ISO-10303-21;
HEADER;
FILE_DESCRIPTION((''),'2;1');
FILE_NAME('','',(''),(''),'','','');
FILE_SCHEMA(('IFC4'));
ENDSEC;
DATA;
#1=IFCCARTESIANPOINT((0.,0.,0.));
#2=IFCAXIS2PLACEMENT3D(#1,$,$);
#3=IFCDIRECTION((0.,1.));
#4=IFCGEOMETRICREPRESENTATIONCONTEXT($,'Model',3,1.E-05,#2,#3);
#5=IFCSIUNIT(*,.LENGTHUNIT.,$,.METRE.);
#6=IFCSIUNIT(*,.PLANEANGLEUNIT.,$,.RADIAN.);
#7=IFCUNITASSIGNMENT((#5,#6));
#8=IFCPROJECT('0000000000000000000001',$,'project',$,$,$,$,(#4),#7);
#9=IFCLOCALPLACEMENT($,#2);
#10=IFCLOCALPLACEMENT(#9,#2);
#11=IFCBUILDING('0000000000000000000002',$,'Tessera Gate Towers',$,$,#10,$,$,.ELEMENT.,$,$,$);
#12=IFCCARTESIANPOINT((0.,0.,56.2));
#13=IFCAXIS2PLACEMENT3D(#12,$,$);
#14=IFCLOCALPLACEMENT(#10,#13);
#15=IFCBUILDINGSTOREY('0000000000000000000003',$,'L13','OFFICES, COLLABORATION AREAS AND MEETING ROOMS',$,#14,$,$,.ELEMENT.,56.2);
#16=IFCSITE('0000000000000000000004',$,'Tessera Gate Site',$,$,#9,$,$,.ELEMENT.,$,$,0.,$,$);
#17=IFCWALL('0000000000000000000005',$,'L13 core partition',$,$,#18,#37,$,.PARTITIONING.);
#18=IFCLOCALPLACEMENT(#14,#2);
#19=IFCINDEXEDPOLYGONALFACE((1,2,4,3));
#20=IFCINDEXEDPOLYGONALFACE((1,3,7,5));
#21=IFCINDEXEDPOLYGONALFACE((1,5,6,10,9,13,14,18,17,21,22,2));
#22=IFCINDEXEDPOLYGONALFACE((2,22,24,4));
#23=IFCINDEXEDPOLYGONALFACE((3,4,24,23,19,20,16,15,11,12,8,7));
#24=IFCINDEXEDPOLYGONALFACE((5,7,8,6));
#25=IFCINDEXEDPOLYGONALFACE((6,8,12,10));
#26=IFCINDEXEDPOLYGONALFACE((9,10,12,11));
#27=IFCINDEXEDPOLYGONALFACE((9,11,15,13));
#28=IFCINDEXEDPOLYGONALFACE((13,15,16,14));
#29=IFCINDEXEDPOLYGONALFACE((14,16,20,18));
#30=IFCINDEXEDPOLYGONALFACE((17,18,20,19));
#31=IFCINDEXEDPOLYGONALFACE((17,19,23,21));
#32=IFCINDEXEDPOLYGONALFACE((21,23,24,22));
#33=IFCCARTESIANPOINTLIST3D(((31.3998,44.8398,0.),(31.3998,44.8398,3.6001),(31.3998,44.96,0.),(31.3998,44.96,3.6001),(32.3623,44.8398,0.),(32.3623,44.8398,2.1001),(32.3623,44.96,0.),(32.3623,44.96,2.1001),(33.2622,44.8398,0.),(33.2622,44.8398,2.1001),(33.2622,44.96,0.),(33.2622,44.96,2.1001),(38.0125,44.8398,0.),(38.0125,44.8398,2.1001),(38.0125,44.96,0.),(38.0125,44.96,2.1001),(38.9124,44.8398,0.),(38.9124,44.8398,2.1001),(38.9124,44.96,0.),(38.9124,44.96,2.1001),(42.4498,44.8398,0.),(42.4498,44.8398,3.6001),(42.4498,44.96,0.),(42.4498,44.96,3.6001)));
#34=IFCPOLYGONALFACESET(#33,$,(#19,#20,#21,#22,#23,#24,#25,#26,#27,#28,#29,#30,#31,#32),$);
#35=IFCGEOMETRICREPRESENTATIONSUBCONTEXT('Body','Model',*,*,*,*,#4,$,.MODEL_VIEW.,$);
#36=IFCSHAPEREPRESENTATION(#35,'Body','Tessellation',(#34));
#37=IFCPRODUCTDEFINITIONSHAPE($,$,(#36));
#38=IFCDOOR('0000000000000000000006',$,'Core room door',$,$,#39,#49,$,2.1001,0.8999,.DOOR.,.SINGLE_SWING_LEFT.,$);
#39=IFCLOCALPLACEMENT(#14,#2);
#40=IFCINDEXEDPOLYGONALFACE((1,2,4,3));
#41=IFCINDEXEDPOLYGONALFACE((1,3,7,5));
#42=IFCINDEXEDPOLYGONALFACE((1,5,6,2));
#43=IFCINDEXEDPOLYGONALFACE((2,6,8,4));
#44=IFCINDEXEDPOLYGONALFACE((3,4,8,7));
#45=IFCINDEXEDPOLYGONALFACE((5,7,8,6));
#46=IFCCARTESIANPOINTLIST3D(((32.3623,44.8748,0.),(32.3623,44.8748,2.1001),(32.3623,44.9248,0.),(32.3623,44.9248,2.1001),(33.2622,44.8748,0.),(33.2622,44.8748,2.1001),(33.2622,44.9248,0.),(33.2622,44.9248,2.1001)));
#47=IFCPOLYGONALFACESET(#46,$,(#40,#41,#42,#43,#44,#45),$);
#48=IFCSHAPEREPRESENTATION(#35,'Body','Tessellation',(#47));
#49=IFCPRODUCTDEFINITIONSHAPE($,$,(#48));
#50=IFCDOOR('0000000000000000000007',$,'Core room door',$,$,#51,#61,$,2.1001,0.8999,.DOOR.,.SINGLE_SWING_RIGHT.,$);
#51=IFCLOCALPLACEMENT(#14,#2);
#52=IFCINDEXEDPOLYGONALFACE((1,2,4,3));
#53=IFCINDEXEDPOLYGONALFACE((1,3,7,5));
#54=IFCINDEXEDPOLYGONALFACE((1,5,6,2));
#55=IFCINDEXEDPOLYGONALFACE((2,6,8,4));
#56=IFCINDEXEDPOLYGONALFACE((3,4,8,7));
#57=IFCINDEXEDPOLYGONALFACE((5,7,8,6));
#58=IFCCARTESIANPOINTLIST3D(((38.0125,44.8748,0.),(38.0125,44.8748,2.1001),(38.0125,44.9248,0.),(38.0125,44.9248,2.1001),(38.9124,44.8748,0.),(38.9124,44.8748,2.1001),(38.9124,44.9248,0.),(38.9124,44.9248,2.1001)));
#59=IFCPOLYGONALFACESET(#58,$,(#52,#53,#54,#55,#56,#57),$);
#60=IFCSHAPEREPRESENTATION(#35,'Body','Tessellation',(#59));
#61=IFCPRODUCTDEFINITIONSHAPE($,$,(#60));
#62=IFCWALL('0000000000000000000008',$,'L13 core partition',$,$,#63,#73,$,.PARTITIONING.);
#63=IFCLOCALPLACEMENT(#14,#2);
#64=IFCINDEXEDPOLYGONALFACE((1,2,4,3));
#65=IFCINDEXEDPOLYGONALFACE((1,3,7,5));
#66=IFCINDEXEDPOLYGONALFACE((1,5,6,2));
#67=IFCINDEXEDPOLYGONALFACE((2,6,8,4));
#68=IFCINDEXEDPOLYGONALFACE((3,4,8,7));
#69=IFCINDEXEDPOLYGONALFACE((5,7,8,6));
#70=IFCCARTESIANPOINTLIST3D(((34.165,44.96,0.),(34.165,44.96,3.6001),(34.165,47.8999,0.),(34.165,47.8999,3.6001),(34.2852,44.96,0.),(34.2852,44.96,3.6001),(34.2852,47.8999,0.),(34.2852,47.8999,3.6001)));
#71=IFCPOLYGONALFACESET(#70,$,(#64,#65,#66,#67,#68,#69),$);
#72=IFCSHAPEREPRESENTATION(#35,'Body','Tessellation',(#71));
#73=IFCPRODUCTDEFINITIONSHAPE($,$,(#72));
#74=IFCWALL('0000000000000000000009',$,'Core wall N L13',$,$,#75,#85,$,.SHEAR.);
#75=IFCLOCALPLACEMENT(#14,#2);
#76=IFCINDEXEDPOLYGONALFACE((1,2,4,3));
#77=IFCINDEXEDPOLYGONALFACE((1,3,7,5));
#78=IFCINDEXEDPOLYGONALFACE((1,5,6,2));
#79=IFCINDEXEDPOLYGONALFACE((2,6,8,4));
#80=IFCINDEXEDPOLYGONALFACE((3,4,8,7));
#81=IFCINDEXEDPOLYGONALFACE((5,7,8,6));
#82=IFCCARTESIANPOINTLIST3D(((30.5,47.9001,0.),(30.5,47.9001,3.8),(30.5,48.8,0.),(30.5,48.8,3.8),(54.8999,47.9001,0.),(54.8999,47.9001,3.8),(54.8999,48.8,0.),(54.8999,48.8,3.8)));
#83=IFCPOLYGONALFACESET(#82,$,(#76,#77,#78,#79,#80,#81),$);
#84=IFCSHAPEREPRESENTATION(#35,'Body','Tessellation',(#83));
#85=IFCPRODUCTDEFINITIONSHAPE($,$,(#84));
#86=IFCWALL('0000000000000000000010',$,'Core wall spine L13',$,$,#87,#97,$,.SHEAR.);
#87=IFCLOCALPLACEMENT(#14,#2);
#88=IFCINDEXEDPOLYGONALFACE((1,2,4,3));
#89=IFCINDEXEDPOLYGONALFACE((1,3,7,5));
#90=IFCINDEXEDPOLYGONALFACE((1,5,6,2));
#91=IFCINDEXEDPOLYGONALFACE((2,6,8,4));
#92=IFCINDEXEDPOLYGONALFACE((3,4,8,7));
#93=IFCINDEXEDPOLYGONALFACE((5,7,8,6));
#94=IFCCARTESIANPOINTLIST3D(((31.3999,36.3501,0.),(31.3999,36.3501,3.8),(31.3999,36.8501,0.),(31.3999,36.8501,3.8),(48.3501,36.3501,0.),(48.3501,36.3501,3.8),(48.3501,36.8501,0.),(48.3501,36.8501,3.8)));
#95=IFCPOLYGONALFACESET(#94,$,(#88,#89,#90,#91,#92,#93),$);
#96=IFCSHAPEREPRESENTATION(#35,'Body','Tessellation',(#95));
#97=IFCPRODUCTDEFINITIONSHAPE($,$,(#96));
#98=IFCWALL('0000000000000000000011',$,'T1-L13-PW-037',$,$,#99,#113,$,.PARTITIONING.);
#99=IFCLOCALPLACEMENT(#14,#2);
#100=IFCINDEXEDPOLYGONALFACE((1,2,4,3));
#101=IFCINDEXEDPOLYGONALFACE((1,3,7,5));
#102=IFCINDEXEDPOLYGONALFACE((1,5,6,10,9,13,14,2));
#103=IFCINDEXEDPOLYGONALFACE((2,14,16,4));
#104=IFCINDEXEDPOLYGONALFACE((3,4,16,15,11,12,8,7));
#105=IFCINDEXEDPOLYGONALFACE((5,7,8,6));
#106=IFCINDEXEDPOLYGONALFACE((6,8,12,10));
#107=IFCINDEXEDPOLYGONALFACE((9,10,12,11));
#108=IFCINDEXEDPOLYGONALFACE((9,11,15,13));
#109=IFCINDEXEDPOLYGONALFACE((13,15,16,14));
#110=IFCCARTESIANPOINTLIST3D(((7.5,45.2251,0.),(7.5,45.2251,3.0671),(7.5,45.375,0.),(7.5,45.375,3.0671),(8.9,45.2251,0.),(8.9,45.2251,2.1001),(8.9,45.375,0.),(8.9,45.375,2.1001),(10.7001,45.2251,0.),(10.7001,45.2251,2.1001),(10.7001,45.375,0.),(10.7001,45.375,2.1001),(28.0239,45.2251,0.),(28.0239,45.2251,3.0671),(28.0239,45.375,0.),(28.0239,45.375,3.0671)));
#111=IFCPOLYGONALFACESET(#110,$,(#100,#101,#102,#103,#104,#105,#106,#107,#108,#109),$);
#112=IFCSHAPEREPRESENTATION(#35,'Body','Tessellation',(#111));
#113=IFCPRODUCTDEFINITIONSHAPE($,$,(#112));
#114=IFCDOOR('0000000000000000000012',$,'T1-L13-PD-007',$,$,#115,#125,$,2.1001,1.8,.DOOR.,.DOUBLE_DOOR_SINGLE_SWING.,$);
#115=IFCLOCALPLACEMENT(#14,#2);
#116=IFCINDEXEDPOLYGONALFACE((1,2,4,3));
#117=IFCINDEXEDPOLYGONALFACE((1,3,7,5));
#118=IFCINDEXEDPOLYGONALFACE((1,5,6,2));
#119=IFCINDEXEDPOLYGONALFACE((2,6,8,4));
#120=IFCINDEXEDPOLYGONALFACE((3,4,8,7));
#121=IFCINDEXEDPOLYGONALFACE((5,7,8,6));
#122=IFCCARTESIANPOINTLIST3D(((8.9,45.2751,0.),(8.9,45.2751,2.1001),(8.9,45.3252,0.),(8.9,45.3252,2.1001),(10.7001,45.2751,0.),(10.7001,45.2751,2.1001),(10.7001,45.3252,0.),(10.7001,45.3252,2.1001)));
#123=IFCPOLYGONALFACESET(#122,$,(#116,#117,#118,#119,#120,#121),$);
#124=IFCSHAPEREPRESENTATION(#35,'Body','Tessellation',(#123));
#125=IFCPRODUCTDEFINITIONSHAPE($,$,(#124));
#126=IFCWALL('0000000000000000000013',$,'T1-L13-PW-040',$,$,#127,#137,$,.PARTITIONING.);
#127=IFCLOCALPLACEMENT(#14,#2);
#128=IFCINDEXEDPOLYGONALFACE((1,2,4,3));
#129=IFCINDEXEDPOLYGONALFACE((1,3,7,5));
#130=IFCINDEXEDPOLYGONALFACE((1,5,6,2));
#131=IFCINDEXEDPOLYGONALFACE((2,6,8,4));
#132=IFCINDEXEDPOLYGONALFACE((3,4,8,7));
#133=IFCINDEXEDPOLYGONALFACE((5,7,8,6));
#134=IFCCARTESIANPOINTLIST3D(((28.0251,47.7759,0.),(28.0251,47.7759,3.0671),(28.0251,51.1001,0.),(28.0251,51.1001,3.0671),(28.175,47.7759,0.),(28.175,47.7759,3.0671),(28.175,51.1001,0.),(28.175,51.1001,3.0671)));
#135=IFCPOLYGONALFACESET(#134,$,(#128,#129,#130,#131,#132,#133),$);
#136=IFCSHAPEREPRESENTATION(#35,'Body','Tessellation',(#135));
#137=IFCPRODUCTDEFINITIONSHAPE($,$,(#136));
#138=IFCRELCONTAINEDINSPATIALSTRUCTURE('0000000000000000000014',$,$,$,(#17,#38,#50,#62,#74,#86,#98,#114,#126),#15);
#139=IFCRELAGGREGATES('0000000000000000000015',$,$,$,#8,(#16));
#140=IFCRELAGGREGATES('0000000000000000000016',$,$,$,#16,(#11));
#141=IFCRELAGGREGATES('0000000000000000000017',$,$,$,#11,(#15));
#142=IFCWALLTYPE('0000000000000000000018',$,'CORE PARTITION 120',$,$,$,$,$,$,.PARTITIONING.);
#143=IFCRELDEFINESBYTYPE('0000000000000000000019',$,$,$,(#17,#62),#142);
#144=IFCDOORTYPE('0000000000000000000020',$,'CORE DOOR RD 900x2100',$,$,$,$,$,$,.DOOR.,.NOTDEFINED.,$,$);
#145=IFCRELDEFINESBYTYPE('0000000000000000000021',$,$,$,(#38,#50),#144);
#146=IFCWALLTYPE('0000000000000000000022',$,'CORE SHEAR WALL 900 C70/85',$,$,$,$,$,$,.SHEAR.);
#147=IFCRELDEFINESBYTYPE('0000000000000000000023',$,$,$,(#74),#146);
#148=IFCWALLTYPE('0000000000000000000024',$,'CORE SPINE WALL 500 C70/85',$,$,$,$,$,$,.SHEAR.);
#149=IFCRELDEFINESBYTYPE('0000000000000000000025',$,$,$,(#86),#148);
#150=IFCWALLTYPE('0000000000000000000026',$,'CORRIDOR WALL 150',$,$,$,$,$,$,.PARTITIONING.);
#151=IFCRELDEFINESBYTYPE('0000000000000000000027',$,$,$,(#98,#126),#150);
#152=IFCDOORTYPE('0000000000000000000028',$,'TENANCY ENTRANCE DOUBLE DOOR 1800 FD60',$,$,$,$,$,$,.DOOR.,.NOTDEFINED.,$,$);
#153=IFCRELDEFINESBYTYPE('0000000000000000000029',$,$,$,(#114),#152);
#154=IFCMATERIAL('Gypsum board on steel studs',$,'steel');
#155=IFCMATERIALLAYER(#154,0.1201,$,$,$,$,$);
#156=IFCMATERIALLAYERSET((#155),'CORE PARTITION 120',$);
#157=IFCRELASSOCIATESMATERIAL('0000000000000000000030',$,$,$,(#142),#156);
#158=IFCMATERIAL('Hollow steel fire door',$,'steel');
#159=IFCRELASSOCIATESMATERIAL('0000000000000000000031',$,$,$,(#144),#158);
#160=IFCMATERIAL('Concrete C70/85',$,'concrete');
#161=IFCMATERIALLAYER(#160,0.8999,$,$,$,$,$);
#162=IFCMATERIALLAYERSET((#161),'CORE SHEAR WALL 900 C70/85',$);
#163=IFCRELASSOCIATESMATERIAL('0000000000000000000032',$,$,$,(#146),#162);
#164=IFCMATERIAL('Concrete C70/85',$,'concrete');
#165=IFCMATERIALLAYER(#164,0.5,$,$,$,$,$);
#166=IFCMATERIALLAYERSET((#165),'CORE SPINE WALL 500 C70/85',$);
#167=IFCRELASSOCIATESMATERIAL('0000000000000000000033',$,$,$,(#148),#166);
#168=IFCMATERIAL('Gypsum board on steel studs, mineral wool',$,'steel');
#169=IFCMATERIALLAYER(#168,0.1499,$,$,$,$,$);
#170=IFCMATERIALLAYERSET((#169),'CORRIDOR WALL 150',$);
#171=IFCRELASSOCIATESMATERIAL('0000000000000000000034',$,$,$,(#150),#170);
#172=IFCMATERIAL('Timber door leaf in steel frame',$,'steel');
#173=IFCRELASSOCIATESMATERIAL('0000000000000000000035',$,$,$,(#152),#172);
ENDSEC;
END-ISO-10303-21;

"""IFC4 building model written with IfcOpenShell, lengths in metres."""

from ifc_helpers import new_model, si_unit, direction, frame, frame_2d, origin, place, context, subcontext, project, spatial, rectangle, extrude, source, transform, mapped, material, layer, layer_set, type_object, element, fill, save


model = new_model("IFC4")

# Units and contexts
model_context = context("Model", 3, precision=1e-05, world=origin(), true_north=direction((0.0, 1.0)))
body_context = subcontext(model_context, "Body", "Model", "MODEL_VIEW")
ifc_project = project(units=[si_unit("LENGTHUNIT", "METRE"), si_unit("PLANEANGLEUNIT", "RADIAN")], contexts=[model_context])

# Site, building, storey
site_placement = place(None, origin())
site = spatial("IfcSite", under=ifc_project, at=site_placement, Name="Tessera Gate Site", CompositionType="ELEMENT", RefElevation=0.0)
building_placement = place(site_placement, origin())
building = spatial("IfcBuilding", under=site, at=building_placement, Name="Tessera Gate Towers", CompositionType="ELEMENT")
storey_placement = place(building_placement, frame((0.0, 0.0, 56.2)))
storey = spatial("IfcBuildingStorey", under=building, at=storey_placement, Name="L13", Description="OFFICES, COLLABORATION AREAS AND MEETING ROOMS", CompositionType="ELEMENT", Elevation=56.2)

# Wall, openings, doors
ifc_material_1 = material(Name="Gypsum board on steel studs", Category="steel")
ifc_layer_1 = layer(ifc_material_1, 0.1201)
ifc_layer_set_1 = layer_set([ifc_layer_1], Name="CORE PARTITION 120")
wall_type_1 = type_object("IfcWallType", Name="CORE PARTITION 120", PredefinedType="PARTITIONING", material=ifc_layer_set_1)
wall_1_placement = place(storey_placement, frame((31.3999, 44.8999, 0.0), z_axis=(0.0, 0.0, 1.0), x_axis=(1.0, 0.0, 0.0)))
wall_1 = element("IfcWall", 1, at=wall_1_placement, inside=storey, type_object=wall_type_1, Name="L13 core partition", PredefinedType="PARTITIONING", context=body_context, shape_type="SweptSolid", body=[
    extrude(rectangle(XDim=11.05, YDim=0.1201, at=frame_2d((5.5249, 0.0))), origin(), (0.0, 0.0, 1.0), 3.6001),
])
shared_shape_1 = source(origin(), body_context, "Body", "SweptSolid", [
    extrude(rectangle(XDim=0.8999, YDim=2.1001, at=frame_2d((0.45, 1.05))), frame((0.0, 0.0701, 0.0), z_axis=(0.0, -1.0, 0.0), x_axis=(1.0, 0.0, 0.0)), (0.0, 0.0, 1.0), 0.1401),
])
opening_1_placement = place(wall_1_placement, frame((0.9624, 0.0, 0.0)))
opening_1 = element("IfcOpeningElement", 2, at=opening_1_placement, cuts=wall_1, PredefinedType="OPENING", context=body_context, shape_type="MappedRepresentation", body=[
    mapped(shared_shape_1, transform((0.0, 0.0, 0.0), scale=1.0)),
])
opening_2_placement = place(wall_1_placement, frame((6.6125, 0.0, 0.0)))
opening_2 = element("IfcOpeningElement", 3, at=opening_2_placement, cuts=wall_1, PredefinedType="OPENING", context=body_context, shape_type="MappedRepresentation", body=[
    mapped(shared_shape_1, transform((0.0, 0.0, 0.0), scale=1.0)),
])
ifc_material_2 = material(Name="Hollow steel fire door", Category="steel")
door_type_1 = type_object("IfcDoorType", Name="CORE DOOR RD 900x2100", OperationType="NOTDEFINED", PredefinedType="DOOR", material=ifc_material_2)
shared_shape_2 = source(origin(), body_context, "Body", "SweptSolid", [
    extrude(rectangle(XDim=0.8999, YDim=2.1001, at=frame_2d((0.45, 1.05))), frame((0.0, 0.0249, 0.0), z_axis=(0.0, -1.0, 0.0), x_axis=(1.0, 0.0, 0.0)), (0.0, 0.0, 1.0), 0.05),
])
door_1_placement = place(opening_1_placement, origin())
door_1 = element("IfcDoor", 4, at=door_1_placement, inside=storey, type_object=door_type_1, Name="Core room door", OperationType="SINGLE_SWING_LEFT", OverallHeight=2.1001, OverallWidth=0.8999, PredefinedType="DOOR", context=body_context, shape_type="MappedRepresentation", body=[
    mapped(shared_shape_2, transform((0.0, 0.0, 0.0), scale=1.0)),
])
fill(opening_1, door_1)
door_2_placement = place(opening_2_placement, origin())
door_2 = element("IfcDoor", 5, at=door_2_placement, inside=storey, type_object=door_type_1, Name="Core room door", OperationType="SINGLE_SWING_RIGHT", OverallHeight=2.1001, OverallWidth=0.8999, PredefinedType="DOOR", context=body_context, shape_type="MappedRepresentation", body=[
    mapped(shared_shape_2, transform((0.0, 0.0, 0.0), scale=1.0)),
])
fill(opening_2, door_2)

# Walls
wall_2_placement = place(storey_placement, frame((34.2251, 44.96, 0.0), z_axis=(0.0, 0.0, 1.0), x_axis=(0.0, 1.0, 0.0)))
element("IfcWall", 6, at=wall_2_placement, inside=storey, type_object=wall_type_1, Name="L13 core partition", PredefinedType="PARTITIONING", context=body_context, shape_type="SweptSolid", body=[
    extrude(rectangle(XDim=2.9399, YDim=0.1201, at=frame_2d((1.47, 0.0))), origin(), (0.0, 0.0, 1.0), 3.6001),
])
ifc_material_3 = material(Name="Concrete C70/85", Category="concrete")
ifc_layer_2 = layer(ifc_material_3, 0.8999)
ifc_layer_set_2 = layer_set([ifc_layer_2], Name="CORE SHEAR WALL 900 C70/85")
wall_type_2 = type_object("IfcWallType", Name="CORE SHEAR WALL 900 C70/85", PredefinedType="SHEAR", material=ifc_layer_set_2)
wall_3_placement = place(storey_placement, frame((30.5, 48.3501, 0.0), z_axis=(0.0, 0.0, 1.0), x_axis=(1.0, 0.0, 0.0)))
element("IfcWall", 7, at=wall_3_placement, inside=storey, type_object=wall_type_2, Name="Core wall N L13", PredefinedType="SHEAR", context=body_context, shape_type="SweptSolid", body=[
    extrude(rectangle(XDim=24.3999, YDim=0.8999, at=frame_2d((12.2, 0.0))), origin(), (0.0, 0.0, 1.0), 3.8),
])
ifc_material_4 = material(Name="Concrete C70/85", Category="concrete")
ifc_layer_3 = layer(ifc_material_4, 0.5)
ifc_layer_set_3 = layer_set([ifc_layer_3], Name="CORE SPINE WALL 500 C70/85")
wall_type_3 = type_object("IfcWallType", Name="CORE SPINE WALL 500 C70/85", PredefinedType="SHEAR", material=ifc_layer_set_3)
wall_4_placement = place(storey_placement, frame((31.3999, 36.6001, 0.0), z_axis=(0.0, 0.0, 1.0), x_axis=(1.0, 0.0, 0.0)))
element("IfcWall", 8, at=wall_4_placement, inside=storey, type_object=wall_type_3, Name="Core wall spine L13", PredefinedType="SHEAR", context=body_context, shape_type="SweptSolid", body=[
    extrude(rectangle(XDim=16.9502, YDim=0.5, at=frame_2d((8.4751, 0.0))), origin(), (0.0, 0.0, 1.0), 3.8),
])

# Wall, opening, door
ifc_material_5 = material(Name="Gypsum board on steel studs, mineral wool", Category="steel")
ifc_layer_4 = layer(ifc_material_5, 0.1499)
ifc_layer_set_4 = layer_set([ifc_layer_4], Name="CORRIDOR WALL 150")
wall_type_4 = type_object("IfcWallType", Name="CORRIDOR WALL 150", PredefinedType="PARTITIONING", material=ifc_layer_set_4)
wall_5_placement = place(storey_placement, frame((28.0239, 45.3, 0.0), z_axis=(0.0, 0.0, 1.0), x_axis=(-1.0, 0.0, 0.0)))
wall_5 = element("IfcWall", 9, at=wall_5_placement, inside=storey, type_object=wall_type_4, Name="T1-L13-PW-037", PredefinedType="PARTITIONING", context=body_context, shape_type="SweptSolid", body=[
    extrude(rectangle(XDim=20.5239, YDim=0.1499, at=frame_2d((10.262, 0.0))), origin(), (0.0, 0.0, 1.0), 3.0671),
])
shared_shape_3 = source(origin(), body_context, "Body", "SweptSolid", [
    extrude(rectangle(XDim=1.8, YDim=2.1001, at=frame_2d((0.8999, 1.05))), frame((0.0, 0.085, 0.0), z_axis=(0.0, -1.0, 0.0), x_axis=(1.0, 0.0, 0.0)), (0.0, 0.0, 1.0), 0.1699),
])
opening_3_placement = place(wall_5_placement, frame((17.324, 0.0, 0.0)))
opening_3 = element("IfcOpeningElement", 10, at=opening_3_placement, cuts=wall_5, PredefinedType="OPENING", context=body_context, shape_type="MappedRepresentation", body=[
    mapped(shared_shape_3, transform((0.0, 0.0, 0.0), scale=1.0)),
])
ifc_material_6 = material(Name="Timber door leaf in steel frame", Category="steel")
door_type_2 = type_object("IfcDoorType", Name="TENANCY ENTRANCE DOUBLE DOOR 1800 FD60", OperationType="NOTDEFINED", PredefinedType="DOOR", material=ifc_material_6)
shared_shape_4 = source(origin(), body_context, "Body", "SweptSolid", [
    extrude(rectangle(XDim=1.8, YDim=2.1001, at=frame_2d((0.8999, 1.05))), frame((0.0, 0.0249, 0.0), z_axis=(0.0, -1.0, 0.0), x_axis=(1.0, 0.0, 0.0)), (0.0, 0.0, 1.0), 0.05),
])
door_3_placement = place(opening_3_placement, origin())
door_3 = element("IfcDoor", 11, at=door_3_placement, inside=storey, type_object=door_type_2, Name="T1-L13-PD-007", OperationType="DOUBLE_DOOR_SINGLE_SWING", OverallHeight=2.1001, OverallWidth=1.8, PredefinedType="DOOR", context=body_context, shape_type="MappedRepresentation", body=[
    mapped(shared_shape_4, transform((0.0, 0.0, 0.0), scale=1.0)),
])
fill(opening_3, door_3)

# Wall
wall_6_placement = place(storey_placement, frame((28.1001, 47.7759, 0.0), z_axis=(0.0, 0.0, 1.0), x_axis=(0.0, 1.0, 0.0)))
element("IfcWall", 12, at=wall_6_placement, inside=storey, type_object=wall_type_4, Name="T1-L13-PW-040", PredefinedType="PARTITIONING", context=body_context, shape_type="SweptSolid", body=[
    extrude(rectangle(XDim=3.3242, YDim=0.1499, at=frame_2d((1.6621, 0.0))), origin(), (0.0, 0.0, 1.0), 3.0671),
])

save(model, "model.ifc")
